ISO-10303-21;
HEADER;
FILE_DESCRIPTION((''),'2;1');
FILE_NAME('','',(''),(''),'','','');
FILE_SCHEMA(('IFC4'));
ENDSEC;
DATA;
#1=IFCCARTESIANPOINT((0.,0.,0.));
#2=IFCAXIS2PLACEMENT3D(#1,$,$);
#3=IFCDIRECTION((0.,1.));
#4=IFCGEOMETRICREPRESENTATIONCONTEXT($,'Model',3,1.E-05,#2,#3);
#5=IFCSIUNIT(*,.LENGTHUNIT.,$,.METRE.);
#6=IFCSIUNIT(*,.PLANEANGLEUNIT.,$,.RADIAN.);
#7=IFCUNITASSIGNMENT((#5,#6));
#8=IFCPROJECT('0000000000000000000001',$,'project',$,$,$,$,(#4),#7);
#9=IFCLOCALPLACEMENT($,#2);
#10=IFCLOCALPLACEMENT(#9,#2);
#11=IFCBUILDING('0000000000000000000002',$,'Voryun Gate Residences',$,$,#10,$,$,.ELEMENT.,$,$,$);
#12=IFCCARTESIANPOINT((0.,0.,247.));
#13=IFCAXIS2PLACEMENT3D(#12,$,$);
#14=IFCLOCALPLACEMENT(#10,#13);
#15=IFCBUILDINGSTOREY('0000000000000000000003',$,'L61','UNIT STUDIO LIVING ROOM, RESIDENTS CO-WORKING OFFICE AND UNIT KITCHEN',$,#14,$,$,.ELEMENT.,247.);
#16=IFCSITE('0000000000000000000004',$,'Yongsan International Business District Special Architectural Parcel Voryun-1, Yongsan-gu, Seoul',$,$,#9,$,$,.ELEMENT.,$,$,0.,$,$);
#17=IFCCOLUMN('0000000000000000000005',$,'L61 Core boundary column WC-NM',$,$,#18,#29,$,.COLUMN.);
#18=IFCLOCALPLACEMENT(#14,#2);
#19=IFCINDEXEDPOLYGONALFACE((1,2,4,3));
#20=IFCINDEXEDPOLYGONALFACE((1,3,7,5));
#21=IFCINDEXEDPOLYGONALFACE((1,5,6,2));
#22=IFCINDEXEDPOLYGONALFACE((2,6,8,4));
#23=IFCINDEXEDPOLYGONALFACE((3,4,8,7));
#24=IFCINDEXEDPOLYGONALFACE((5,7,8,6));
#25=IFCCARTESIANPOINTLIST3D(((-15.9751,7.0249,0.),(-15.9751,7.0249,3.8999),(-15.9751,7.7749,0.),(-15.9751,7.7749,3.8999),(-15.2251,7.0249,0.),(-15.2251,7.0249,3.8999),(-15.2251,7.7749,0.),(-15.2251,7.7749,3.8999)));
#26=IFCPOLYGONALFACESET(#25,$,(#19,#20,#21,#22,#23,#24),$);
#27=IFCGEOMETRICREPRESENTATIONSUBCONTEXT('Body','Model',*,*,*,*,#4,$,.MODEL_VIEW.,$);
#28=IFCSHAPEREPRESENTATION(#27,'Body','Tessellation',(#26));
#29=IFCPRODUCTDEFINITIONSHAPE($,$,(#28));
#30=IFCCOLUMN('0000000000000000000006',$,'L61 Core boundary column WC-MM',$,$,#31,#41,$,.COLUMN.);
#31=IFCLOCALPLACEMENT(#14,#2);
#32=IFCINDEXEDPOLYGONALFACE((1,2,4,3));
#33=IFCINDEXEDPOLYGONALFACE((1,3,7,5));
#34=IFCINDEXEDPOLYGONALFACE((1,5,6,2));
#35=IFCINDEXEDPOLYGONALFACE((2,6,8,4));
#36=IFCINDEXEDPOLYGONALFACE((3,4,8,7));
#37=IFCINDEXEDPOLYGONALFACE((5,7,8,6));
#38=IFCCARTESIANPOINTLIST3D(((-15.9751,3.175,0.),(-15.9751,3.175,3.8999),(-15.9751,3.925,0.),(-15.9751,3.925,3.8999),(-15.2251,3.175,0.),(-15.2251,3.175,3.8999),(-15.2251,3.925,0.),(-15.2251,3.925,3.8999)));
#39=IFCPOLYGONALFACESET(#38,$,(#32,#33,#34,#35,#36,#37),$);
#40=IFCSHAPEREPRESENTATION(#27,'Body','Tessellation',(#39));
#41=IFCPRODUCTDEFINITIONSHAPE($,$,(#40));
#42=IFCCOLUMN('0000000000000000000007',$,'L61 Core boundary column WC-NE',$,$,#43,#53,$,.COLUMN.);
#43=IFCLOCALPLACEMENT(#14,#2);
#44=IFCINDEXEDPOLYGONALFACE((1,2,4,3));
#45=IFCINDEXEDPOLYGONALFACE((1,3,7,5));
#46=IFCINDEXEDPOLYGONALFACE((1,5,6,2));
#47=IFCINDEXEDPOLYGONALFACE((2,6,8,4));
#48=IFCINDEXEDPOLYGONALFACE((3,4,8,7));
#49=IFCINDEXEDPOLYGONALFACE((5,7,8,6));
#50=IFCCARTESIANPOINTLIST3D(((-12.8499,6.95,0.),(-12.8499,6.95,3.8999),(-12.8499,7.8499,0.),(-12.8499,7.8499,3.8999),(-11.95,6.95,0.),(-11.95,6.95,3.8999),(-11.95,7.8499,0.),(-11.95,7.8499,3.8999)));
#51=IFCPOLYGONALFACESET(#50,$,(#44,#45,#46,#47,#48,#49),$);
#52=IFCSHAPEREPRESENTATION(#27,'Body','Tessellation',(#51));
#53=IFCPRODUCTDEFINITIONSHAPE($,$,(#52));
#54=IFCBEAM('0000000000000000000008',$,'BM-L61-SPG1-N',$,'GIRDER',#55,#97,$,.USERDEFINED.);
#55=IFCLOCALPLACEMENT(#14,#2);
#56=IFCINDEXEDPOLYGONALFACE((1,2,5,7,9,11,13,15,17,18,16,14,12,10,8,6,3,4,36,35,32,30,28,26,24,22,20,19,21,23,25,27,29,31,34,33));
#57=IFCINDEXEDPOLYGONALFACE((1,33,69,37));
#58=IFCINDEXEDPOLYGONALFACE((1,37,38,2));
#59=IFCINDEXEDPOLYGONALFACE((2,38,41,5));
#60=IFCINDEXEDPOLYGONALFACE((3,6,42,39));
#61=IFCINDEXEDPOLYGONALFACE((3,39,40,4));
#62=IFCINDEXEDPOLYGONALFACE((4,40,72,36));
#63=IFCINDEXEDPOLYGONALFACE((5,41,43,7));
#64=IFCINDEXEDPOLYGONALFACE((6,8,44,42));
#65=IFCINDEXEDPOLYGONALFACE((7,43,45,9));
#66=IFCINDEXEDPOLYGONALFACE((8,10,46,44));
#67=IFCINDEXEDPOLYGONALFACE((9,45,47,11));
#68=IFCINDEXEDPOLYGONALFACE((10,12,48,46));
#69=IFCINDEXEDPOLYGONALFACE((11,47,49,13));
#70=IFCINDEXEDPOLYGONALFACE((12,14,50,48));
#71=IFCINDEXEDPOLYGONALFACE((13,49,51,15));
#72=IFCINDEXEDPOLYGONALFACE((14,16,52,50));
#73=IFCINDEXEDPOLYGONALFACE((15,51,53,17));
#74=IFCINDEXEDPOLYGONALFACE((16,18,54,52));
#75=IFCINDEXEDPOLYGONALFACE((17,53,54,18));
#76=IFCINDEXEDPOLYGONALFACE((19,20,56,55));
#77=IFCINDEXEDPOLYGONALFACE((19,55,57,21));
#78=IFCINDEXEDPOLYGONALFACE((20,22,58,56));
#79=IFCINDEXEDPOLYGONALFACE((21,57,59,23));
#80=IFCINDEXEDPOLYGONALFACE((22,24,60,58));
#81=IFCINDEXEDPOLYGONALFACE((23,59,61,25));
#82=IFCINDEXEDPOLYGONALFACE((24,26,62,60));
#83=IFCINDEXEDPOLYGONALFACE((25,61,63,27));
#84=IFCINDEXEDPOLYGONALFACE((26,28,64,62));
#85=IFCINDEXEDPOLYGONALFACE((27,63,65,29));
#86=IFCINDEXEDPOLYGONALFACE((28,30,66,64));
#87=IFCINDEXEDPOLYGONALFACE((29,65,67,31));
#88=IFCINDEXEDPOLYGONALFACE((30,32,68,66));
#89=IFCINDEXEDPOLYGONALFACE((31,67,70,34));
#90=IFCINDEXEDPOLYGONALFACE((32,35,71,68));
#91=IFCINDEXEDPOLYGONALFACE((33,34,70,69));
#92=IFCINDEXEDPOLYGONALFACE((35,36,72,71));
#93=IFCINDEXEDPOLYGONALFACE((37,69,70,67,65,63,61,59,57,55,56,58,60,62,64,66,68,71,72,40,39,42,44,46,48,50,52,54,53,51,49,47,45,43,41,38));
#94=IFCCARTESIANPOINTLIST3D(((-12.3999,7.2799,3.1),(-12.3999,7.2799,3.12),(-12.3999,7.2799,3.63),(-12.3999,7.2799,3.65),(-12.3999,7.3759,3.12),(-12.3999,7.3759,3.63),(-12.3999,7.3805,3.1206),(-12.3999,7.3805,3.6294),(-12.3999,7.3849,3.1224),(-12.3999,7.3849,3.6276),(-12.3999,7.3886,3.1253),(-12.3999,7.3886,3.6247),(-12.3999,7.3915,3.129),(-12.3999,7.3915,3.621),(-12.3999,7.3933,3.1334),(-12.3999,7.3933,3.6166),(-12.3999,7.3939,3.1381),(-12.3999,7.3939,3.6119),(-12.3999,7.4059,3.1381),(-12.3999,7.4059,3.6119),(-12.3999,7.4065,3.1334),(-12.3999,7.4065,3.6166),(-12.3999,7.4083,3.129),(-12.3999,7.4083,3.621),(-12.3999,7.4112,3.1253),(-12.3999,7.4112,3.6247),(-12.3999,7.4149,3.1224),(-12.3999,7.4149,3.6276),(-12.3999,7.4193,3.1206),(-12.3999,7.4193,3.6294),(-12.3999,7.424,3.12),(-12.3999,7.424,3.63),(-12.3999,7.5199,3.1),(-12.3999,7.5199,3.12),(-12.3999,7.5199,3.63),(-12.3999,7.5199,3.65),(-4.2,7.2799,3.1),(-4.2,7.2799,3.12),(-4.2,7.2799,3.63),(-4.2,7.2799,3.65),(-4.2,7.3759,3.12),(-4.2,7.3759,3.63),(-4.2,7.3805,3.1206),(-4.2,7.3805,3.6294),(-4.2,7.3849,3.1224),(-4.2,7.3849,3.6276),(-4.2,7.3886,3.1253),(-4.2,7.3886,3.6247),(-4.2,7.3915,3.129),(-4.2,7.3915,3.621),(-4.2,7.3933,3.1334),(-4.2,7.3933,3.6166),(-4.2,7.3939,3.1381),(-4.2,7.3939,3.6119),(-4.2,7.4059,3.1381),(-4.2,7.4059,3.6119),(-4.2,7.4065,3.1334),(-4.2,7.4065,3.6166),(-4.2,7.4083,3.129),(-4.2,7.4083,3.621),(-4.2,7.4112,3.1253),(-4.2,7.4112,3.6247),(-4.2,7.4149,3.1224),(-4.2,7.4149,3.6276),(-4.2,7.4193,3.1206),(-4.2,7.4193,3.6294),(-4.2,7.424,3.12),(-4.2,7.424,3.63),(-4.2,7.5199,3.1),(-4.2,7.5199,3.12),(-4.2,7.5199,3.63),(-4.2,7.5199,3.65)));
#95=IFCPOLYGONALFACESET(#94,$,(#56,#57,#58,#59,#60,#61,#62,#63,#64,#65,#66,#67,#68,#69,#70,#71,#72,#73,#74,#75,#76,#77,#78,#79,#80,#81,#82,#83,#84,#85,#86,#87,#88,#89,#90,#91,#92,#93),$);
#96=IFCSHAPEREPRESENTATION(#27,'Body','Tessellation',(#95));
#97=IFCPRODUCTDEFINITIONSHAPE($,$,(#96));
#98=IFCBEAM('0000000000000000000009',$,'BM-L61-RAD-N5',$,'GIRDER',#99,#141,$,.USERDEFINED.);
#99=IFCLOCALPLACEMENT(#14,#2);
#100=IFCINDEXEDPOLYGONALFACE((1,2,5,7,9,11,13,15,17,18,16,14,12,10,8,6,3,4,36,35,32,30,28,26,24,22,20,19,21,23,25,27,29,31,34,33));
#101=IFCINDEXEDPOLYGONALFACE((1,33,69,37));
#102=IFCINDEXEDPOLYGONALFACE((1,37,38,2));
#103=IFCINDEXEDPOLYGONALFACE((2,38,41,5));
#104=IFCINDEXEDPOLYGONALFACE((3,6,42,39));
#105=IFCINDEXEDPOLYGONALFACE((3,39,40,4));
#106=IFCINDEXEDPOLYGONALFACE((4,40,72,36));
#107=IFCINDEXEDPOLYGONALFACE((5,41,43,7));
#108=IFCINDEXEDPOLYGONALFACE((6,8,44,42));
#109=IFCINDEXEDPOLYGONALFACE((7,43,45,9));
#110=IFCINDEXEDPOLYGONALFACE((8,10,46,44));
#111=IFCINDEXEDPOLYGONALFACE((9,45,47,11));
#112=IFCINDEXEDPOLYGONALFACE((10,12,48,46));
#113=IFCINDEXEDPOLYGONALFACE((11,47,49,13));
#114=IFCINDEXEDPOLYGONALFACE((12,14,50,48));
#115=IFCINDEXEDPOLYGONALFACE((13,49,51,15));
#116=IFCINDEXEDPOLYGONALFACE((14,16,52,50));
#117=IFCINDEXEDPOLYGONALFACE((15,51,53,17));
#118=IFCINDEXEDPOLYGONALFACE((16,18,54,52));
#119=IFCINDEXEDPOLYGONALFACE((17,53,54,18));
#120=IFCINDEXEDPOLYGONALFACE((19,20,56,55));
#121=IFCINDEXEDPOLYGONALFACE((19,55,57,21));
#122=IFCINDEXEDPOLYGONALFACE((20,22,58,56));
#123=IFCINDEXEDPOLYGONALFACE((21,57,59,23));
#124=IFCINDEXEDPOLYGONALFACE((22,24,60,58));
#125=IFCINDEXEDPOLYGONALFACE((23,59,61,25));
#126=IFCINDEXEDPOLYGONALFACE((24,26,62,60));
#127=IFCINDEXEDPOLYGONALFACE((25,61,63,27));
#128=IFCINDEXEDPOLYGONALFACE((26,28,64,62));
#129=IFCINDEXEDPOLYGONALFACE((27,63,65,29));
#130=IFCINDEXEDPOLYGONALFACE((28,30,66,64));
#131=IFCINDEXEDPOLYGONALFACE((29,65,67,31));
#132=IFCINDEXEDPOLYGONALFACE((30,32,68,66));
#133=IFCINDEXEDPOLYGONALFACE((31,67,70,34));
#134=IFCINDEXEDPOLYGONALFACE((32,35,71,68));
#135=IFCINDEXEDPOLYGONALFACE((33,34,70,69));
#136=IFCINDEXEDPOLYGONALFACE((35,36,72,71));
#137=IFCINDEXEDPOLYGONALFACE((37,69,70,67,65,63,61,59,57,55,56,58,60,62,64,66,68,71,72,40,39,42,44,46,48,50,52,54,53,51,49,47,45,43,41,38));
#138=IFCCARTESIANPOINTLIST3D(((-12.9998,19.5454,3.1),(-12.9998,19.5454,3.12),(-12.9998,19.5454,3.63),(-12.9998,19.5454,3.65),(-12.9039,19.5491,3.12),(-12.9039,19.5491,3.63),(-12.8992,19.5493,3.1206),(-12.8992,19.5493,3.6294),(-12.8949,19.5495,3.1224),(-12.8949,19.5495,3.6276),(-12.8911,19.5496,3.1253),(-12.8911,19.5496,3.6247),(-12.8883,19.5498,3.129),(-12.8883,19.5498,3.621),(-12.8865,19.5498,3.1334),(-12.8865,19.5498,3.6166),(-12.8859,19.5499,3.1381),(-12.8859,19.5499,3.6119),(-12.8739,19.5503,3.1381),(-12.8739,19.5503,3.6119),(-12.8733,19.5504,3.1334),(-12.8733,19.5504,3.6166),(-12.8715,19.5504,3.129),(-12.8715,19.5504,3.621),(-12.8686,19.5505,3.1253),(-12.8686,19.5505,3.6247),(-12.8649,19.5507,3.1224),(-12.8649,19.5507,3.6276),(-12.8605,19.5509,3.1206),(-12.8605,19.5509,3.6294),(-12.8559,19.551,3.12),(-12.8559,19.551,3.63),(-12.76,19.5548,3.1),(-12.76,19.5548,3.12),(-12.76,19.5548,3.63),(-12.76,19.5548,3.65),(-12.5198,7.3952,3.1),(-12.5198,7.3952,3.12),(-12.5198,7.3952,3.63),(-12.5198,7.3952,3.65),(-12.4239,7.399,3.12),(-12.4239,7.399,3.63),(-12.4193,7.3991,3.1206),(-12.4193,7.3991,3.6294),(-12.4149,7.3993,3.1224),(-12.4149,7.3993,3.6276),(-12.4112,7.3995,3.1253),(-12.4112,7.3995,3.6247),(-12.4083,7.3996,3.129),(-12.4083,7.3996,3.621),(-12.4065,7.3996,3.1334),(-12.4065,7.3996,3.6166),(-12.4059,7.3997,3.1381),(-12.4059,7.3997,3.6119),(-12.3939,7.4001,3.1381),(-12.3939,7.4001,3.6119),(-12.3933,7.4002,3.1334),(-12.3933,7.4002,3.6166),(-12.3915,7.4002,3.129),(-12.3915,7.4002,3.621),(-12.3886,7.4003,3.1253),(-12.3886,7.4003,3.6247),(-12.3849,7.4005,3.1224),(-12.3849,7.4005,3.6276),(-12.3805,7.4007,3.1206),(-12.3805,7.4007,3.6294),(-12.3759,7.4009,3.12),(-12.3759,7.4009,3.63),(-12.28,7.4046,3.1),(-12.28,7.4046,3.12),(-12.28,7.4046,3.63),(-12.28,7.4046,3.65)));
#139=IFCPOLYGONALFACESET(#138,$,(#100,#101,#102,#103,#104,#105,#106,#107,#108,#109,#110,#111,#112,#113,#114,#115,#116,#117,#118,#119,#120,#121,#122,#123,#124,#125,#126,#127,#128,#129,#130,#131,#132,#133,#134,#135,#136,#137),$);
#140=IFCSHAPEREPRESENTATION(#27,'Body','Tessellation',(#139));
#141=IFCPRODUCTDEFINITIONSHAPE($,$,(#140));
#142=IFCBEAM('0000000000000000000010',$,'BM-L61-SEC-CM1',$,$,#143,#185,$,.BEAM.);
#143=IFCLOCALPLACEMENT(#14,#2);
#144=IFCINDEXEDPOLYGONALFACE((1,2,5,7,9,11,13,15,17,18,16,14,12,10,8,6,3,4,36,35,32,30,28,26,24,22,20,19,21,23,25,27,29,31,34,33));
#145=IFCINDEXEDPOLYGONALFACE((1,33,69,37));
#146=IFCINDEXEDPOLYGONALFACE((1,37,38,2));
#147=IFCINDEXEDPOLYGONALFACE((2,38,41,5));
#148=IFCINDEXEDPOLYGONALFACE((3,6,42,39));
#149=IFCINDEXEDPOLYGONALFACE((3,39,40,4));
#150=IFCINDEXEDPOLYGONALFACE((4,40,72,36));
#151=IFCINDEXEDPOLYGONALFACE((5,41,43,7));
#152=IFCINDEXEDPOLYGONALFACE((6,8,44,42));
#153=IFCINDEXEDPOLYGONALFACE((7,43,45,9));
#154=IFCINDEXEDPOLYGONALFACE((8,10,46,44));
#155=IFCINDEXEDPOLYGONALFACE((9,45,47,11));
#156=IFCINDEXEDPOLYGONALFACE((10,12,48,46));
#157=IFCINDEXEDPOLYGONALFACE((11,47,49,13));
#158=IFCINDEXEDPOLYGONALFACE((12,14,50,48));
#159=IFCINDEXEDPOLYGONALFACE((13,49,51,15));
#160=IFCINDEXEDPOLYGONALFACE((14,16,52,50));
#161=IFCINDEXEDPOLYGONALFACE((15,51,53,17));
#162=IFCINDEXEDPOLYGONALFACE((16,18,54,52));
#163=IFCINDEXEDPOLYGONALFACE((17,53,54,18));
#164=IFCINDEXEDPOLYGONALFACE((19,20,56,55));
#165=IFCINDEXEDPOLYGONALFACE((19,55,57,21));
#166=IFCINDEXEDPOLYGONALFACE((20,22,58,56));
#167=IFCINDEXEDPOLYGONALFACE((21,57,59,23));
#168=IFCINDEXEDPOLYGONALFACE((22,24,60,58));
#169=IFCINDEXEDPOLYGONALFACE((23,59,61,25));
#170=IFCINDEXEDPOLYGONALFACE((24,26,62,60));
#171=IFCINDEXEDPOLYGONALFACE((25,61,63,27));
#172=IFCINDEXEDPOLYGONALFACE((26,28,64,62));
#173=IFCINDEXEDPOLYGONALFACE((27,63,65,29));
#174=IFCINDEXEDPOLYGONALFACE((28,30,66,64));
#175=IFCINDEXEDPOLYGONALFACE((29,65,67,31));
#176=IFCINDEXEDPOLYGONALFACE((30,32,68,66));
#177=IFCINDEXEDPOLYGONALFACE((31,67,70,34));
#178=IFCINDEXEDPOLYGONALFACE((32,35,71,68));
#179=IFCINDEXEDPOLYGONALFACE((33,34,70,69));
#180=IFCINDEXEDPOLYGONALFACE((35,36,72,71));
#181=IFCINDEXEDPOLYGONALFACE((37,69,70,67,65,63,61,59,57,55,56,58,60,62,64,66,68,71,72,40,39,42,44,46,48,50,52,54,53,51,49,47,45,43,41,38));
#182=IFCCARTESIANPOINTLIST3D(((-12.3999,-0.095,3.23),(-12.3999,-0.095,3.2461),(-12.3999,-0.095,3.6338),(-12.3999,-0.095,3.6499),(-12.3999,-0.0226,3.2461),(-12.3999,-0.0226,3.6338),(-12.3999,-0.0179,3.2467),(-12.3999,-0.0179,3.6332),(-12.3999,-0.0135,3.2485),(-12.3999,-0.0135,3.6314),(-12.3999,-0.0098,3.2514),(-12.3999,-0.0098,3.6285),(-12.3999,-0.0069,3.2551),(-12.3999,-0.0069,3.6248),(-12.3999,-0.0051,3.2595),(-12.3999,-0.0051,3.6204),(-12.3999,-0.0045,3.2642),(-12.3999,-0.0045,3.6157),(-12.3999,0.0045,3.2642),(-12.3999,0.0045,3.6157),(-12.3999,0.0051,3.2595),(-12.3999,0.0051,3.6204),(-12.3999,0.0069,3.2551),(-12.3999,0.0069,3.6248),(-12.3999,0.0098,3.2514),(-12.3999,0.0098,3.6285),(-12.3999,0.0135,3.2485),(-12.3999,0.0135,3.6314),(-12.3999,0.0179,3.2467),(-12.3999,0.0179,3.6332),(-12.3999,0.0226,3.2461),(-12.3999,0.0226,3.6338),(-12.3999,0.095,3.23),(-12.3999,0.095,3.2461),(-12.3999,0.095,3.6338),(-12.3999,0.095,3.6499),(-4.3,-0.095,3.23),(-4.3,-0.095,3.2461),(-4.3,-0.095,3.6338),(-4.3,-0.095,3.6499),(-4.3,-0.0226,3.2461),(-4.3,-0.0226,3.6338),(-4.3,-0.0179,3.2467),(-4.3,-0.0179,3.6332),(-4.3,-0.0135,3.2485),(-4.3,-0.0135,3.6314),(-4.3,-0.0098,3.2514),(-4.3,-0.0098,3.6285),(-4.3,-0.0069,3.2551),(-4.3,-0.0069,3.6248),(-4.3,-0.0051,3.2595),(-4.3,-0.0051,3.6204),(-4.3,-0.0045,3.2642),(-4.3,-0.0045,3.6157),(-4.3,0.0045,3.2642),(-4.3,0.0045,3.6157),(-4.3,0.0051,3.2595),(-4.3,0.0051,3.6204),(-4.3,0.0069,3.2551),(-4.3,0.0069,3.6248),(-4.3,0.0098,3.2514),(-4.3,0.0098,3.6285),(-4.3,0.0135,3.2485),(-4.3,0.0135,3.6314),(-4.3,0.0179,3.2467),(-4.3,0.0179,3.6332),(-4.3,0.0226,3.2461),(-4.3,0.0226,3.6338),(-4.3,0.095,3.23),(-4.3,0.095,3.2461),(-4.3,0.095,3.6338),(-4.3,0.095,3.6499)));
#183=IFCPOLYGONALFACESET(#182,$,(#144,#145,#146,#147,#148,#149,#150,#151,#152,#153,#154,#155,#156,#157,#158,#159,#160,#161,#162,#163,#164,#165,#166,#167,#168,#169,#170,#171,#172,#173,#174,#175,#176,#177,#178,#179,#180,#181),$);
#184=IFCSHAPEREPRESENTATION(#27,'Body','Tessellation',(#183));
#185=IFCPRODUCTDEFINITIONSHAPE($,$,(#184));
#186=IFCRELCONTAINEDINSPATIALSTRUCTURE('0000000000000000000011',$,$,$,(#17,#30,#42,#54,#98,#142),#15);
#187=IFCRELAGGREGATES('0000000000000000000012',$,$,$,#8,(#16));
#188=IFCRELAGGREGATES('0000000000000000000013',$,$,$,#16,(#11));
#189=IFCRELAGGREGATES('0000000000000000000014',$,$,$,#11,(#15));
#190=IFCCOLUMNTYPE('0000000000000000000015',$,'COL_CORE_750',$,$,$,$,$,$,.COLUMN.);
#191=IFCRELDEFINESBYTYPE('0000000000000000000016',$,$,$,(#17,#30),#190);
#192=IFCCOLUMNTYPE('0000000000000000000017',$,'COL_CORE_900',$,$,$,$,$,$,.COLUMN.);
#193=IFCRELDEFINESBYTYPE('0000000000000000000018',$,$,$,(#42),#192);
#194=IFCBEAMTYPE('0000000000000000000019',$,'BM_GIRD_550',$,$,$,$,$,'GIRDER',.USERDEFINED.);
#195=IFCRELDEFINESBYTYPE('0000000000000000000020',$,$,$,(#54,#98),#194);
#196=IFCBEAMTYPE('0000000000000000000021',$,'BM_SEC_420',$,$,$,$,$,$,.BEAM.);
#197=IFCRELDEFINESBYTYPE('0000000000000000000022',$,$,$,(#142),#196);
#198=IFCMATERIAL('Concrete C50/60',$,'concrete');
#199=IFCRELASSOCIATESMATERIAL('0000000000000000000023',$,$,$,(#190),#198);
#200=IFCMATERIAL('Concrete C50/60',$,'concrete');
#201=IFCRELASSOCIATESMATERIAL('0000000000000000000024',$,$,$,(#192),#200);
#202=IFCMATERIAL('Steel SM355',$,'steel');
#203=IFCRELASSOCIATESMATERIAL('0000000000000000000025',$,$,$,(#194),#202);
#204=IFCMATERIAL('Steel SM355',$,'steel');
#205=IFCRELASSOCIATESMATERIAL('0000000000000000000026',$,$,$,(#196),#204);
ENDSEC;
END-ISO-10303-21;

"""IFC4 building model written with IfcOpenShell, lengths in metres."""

from ifc_helpers import new_model, si_unit, direction, frame, origin, origin_2d, place, context, subcontext, project, spatial, rectangle, i_section, extrude, material, material_profile, profile_set, type_object, element, save


model = new_model("IFC4")

# Units and contexts
model_context = context("Model", 3, precision=1e-05, world=origin(), true_north=direction((0.0, 1.0)))
body_context = subcontext(model_context, "Body", "Model", "MODEL_VIEW")
ifc_project = project(units=[si_unit("LENGTHUNIT", "METRE"), si_unit("PLANEANGLEUNIT", "RADIAN")], contexts=[model_context])

# Site, building, storey
site_placement = place(None, origin())
site = spatial("IfcSite", under=ifc_project, at=site_placement, Name="Yongsan International Business District Special Architectural Parcel Voryun-1, Yongsan-gu, Seoul", CompositionType="ELEMENT", RefElevation=0.0)
building_placement = place(site_placement, origin())
building = spatial("IfcBuilding", under=site, at=building_placement, Name="Voryun Gate Residences", CompositionType="ELEMENT")
storey_placement = place(building_placement, frame((0.0, 0.0, 247.0)))
storey = spatial("IfcBuildingStorey", under=building, at=storey_placement, Name="L61", Description="UNIT STUDIO LIVING ROOM, RESIDENTS CO-WORKING OFFICE AND UNIT KITCHEN", CompositionType="ELEMENT", Elevation=247.0)

# Columns
ifc_material_1 = material(Name="Concrete C50/60", Category="concrete")
ifc_material_profile_1 = material_profile(ifc_material_1, rectangle(XDim=0.75, YDim=0.75, at=origin_2d()), Name="RC-750x750")
ifc_profile_set_1 = profile_set([ifc_material_profile_1], Name="Concrete C50/60")
column_type_1 = type_object("IfcColumnType", Name="COL_CORE_750", PredefinedType="COLUMN", material=ifc_profile_set_1)
for number, where, z_axis, x_axis, name in (
    (1, (-15.6001, 7.3999, 0.0), (0.0, 0.0, 1.0), (1.0, 0.0, 0.0), "L61 Core boundary column WC-NM"),
    (2, (-15.6001, 3.55, 0.0), (0.0, 0.0, 1.0), (1.0, 0.0, 0.0), "L61 Core boundary column WC-MM"),
):
    element("IfcColumn", number, at=place(storey_placement, frame(where, z_axis=z_axis, x_axis=x_axis)), inside=storey, type_object=column_type_1, Name=name, PredefinedType="COLUMN", context=body_context, shape_type="SweptSolid", body=[
        extrude(rectangle(XDim=0.75, YDim=0.75, at=origin_2d()), origin(), (0.0, 0.0, 1.0), 3.8999),
    ])
ifc_material_2 = material(Name="Concrete C50/60", Category="concrete")
ifc_material_profile_2 = material_profile(ifc_material_2, rectangle(XDim=0.8999, YDim=0.8999, at=origin_2d()), Name="RC-900x900")
ifc_profile_set_2 = profile_set([ifc_material_profile_2], Name="Concrete C50/60")
column_type_2 = type_object("IfcColumnType", Name="COL_CORE_900", PredefinedType="COLUMN", material=ifc_profile_set_2)
column_placement = place(storey_placement, frame((-12.3999, 7.3999, 0.0), z_axis=(0.0, 0.0, 1.0), x_axis=(1.0, 0.0, 0.0)))
element("IfcColumn", 3, at=column_placement, inside=storey, type_object=column_type_2, Name="L61 Core boundary column WC-NE", PredefinedType="COLUMN", context=body_context, shape_type="SweptSolid", body=[
    extrude(rectangle(XDim=0.8999, YDim=0.8999, at=origin_2d()), origin(), (0.0, 0.0, 1.0), 3.8999),
])

# Beams
ifc_material_3 = material(Name="Steel SM355", Category="steel")
ifc_material_profile_3 = material_profile(ifc_material_3, i_section(OverallWidth=0.24, OverallDepth=0.55, WebThickness=0.012, FlangeThickness=0.02, FilletRadius=0.0181, at=origin_2d()), Name="H-550x240x12x20")
ifc_profile_set_3 = profile_set([ifc_material_profile_3], Name="Steel SM355")
beam_type_1 = type_object("IfcBeamType", Name="BM_GIRD_550", ElementType="GIRDER", PredefinedType="USERDEFINED", material=ifc_profile_set_3)
beam_1_placement = place(storey_placement, frame((-12.3999, 7.3999, 3.375), z_axis=(1.0, 0.0, 0.0), x_axis=(0.0, 1.0, 0.0)))
element("IfcBeam", 4, at=beam_1_placement, inside=storey, type_object=beam_type_1, Name="BM-L61-SPG1-N", ObjectType="GIRDER", PredefinedType="USERDEFINED", context=body_context, shape_type="SweptSolid", body=[
    extrude(i_section(OverallWidth=0.24, OverallDepth=0.55, WebThickness=0.012, FlangeThickness=0.02, FilletRadius=0.0181, at=origin_2d()), origin(), (0.0, 0.0, 1.0), 8.2),
])
beam_2_placement = place(storey_placement, frame((-12.3999, 7.3999, 3.375), z_axis=(-0.039473, 0.999221, 0.0), x_axis=(-0.999221, -0.039473, 0.0)))
element("IfcBeam", 5, at=beam_2_placement, inside=storey, type_object=beam_type_1, Name="BM-L61-RAD-N5", ObjectType="GIRDER", PredefinedType="USERDEFINED", context=body_context, shape_type="SweptSolid", body=[
    extrude(i_section(OverallWidth=0.24, OverallDepth=0.55, WebThickness=0.012, FlangeThickness=0.02, FilletRadius=0.0181, at=origin_2d()), origin(), (0.0, 0.0, 1.0), 12.1597),
])
ifc_material_4 = material(Name="Steel SM355", Category="steel")
ifc_material_profile_4 = material_profile(ifc_material_4, i_section(OverallWidth=0.1899, OverallDepth=0.4199, WebThickness=0.009, FlangeThickness=0.0161, FilletRadius=0.0181, at=origin_2d()), Name="H-420x190x9x16")
ifc_profile_set_4 = profile_set([ifc_material_profile_4], Name="Steel SM355")
beam_type_2 = type_object("IfcBeamType", Name="BM_SEC_420", PredefinedType="BEAM", material=ifc_profile_set_4)
beam_3_placement = place(storey_placement, frame((-12.3999, 0.0, 3.4399), z_axis=(1.0, 0.0, 0.0), x_axis=(0.0, 1.0, 0.0)))
element("IfcBeam", 6, at=beam_3_placement, inside=storey, type_object=beam_type_2, Name="BM-L61-SEC-CM1", PredefinedType="BEAM", context=body_context, shape_type="SweptSolid", body=[
    extrude(i_section(OverallWidth=0.1899, OverallDepth=0.4199, WebThickness=0.009, FlangeThickness=0.0161, FilletRadius=0.0181, at=origin_2d()), origin(), (0.0, 0.0, 1.0), 8.0999),
])

save(model, "model.ifc")
